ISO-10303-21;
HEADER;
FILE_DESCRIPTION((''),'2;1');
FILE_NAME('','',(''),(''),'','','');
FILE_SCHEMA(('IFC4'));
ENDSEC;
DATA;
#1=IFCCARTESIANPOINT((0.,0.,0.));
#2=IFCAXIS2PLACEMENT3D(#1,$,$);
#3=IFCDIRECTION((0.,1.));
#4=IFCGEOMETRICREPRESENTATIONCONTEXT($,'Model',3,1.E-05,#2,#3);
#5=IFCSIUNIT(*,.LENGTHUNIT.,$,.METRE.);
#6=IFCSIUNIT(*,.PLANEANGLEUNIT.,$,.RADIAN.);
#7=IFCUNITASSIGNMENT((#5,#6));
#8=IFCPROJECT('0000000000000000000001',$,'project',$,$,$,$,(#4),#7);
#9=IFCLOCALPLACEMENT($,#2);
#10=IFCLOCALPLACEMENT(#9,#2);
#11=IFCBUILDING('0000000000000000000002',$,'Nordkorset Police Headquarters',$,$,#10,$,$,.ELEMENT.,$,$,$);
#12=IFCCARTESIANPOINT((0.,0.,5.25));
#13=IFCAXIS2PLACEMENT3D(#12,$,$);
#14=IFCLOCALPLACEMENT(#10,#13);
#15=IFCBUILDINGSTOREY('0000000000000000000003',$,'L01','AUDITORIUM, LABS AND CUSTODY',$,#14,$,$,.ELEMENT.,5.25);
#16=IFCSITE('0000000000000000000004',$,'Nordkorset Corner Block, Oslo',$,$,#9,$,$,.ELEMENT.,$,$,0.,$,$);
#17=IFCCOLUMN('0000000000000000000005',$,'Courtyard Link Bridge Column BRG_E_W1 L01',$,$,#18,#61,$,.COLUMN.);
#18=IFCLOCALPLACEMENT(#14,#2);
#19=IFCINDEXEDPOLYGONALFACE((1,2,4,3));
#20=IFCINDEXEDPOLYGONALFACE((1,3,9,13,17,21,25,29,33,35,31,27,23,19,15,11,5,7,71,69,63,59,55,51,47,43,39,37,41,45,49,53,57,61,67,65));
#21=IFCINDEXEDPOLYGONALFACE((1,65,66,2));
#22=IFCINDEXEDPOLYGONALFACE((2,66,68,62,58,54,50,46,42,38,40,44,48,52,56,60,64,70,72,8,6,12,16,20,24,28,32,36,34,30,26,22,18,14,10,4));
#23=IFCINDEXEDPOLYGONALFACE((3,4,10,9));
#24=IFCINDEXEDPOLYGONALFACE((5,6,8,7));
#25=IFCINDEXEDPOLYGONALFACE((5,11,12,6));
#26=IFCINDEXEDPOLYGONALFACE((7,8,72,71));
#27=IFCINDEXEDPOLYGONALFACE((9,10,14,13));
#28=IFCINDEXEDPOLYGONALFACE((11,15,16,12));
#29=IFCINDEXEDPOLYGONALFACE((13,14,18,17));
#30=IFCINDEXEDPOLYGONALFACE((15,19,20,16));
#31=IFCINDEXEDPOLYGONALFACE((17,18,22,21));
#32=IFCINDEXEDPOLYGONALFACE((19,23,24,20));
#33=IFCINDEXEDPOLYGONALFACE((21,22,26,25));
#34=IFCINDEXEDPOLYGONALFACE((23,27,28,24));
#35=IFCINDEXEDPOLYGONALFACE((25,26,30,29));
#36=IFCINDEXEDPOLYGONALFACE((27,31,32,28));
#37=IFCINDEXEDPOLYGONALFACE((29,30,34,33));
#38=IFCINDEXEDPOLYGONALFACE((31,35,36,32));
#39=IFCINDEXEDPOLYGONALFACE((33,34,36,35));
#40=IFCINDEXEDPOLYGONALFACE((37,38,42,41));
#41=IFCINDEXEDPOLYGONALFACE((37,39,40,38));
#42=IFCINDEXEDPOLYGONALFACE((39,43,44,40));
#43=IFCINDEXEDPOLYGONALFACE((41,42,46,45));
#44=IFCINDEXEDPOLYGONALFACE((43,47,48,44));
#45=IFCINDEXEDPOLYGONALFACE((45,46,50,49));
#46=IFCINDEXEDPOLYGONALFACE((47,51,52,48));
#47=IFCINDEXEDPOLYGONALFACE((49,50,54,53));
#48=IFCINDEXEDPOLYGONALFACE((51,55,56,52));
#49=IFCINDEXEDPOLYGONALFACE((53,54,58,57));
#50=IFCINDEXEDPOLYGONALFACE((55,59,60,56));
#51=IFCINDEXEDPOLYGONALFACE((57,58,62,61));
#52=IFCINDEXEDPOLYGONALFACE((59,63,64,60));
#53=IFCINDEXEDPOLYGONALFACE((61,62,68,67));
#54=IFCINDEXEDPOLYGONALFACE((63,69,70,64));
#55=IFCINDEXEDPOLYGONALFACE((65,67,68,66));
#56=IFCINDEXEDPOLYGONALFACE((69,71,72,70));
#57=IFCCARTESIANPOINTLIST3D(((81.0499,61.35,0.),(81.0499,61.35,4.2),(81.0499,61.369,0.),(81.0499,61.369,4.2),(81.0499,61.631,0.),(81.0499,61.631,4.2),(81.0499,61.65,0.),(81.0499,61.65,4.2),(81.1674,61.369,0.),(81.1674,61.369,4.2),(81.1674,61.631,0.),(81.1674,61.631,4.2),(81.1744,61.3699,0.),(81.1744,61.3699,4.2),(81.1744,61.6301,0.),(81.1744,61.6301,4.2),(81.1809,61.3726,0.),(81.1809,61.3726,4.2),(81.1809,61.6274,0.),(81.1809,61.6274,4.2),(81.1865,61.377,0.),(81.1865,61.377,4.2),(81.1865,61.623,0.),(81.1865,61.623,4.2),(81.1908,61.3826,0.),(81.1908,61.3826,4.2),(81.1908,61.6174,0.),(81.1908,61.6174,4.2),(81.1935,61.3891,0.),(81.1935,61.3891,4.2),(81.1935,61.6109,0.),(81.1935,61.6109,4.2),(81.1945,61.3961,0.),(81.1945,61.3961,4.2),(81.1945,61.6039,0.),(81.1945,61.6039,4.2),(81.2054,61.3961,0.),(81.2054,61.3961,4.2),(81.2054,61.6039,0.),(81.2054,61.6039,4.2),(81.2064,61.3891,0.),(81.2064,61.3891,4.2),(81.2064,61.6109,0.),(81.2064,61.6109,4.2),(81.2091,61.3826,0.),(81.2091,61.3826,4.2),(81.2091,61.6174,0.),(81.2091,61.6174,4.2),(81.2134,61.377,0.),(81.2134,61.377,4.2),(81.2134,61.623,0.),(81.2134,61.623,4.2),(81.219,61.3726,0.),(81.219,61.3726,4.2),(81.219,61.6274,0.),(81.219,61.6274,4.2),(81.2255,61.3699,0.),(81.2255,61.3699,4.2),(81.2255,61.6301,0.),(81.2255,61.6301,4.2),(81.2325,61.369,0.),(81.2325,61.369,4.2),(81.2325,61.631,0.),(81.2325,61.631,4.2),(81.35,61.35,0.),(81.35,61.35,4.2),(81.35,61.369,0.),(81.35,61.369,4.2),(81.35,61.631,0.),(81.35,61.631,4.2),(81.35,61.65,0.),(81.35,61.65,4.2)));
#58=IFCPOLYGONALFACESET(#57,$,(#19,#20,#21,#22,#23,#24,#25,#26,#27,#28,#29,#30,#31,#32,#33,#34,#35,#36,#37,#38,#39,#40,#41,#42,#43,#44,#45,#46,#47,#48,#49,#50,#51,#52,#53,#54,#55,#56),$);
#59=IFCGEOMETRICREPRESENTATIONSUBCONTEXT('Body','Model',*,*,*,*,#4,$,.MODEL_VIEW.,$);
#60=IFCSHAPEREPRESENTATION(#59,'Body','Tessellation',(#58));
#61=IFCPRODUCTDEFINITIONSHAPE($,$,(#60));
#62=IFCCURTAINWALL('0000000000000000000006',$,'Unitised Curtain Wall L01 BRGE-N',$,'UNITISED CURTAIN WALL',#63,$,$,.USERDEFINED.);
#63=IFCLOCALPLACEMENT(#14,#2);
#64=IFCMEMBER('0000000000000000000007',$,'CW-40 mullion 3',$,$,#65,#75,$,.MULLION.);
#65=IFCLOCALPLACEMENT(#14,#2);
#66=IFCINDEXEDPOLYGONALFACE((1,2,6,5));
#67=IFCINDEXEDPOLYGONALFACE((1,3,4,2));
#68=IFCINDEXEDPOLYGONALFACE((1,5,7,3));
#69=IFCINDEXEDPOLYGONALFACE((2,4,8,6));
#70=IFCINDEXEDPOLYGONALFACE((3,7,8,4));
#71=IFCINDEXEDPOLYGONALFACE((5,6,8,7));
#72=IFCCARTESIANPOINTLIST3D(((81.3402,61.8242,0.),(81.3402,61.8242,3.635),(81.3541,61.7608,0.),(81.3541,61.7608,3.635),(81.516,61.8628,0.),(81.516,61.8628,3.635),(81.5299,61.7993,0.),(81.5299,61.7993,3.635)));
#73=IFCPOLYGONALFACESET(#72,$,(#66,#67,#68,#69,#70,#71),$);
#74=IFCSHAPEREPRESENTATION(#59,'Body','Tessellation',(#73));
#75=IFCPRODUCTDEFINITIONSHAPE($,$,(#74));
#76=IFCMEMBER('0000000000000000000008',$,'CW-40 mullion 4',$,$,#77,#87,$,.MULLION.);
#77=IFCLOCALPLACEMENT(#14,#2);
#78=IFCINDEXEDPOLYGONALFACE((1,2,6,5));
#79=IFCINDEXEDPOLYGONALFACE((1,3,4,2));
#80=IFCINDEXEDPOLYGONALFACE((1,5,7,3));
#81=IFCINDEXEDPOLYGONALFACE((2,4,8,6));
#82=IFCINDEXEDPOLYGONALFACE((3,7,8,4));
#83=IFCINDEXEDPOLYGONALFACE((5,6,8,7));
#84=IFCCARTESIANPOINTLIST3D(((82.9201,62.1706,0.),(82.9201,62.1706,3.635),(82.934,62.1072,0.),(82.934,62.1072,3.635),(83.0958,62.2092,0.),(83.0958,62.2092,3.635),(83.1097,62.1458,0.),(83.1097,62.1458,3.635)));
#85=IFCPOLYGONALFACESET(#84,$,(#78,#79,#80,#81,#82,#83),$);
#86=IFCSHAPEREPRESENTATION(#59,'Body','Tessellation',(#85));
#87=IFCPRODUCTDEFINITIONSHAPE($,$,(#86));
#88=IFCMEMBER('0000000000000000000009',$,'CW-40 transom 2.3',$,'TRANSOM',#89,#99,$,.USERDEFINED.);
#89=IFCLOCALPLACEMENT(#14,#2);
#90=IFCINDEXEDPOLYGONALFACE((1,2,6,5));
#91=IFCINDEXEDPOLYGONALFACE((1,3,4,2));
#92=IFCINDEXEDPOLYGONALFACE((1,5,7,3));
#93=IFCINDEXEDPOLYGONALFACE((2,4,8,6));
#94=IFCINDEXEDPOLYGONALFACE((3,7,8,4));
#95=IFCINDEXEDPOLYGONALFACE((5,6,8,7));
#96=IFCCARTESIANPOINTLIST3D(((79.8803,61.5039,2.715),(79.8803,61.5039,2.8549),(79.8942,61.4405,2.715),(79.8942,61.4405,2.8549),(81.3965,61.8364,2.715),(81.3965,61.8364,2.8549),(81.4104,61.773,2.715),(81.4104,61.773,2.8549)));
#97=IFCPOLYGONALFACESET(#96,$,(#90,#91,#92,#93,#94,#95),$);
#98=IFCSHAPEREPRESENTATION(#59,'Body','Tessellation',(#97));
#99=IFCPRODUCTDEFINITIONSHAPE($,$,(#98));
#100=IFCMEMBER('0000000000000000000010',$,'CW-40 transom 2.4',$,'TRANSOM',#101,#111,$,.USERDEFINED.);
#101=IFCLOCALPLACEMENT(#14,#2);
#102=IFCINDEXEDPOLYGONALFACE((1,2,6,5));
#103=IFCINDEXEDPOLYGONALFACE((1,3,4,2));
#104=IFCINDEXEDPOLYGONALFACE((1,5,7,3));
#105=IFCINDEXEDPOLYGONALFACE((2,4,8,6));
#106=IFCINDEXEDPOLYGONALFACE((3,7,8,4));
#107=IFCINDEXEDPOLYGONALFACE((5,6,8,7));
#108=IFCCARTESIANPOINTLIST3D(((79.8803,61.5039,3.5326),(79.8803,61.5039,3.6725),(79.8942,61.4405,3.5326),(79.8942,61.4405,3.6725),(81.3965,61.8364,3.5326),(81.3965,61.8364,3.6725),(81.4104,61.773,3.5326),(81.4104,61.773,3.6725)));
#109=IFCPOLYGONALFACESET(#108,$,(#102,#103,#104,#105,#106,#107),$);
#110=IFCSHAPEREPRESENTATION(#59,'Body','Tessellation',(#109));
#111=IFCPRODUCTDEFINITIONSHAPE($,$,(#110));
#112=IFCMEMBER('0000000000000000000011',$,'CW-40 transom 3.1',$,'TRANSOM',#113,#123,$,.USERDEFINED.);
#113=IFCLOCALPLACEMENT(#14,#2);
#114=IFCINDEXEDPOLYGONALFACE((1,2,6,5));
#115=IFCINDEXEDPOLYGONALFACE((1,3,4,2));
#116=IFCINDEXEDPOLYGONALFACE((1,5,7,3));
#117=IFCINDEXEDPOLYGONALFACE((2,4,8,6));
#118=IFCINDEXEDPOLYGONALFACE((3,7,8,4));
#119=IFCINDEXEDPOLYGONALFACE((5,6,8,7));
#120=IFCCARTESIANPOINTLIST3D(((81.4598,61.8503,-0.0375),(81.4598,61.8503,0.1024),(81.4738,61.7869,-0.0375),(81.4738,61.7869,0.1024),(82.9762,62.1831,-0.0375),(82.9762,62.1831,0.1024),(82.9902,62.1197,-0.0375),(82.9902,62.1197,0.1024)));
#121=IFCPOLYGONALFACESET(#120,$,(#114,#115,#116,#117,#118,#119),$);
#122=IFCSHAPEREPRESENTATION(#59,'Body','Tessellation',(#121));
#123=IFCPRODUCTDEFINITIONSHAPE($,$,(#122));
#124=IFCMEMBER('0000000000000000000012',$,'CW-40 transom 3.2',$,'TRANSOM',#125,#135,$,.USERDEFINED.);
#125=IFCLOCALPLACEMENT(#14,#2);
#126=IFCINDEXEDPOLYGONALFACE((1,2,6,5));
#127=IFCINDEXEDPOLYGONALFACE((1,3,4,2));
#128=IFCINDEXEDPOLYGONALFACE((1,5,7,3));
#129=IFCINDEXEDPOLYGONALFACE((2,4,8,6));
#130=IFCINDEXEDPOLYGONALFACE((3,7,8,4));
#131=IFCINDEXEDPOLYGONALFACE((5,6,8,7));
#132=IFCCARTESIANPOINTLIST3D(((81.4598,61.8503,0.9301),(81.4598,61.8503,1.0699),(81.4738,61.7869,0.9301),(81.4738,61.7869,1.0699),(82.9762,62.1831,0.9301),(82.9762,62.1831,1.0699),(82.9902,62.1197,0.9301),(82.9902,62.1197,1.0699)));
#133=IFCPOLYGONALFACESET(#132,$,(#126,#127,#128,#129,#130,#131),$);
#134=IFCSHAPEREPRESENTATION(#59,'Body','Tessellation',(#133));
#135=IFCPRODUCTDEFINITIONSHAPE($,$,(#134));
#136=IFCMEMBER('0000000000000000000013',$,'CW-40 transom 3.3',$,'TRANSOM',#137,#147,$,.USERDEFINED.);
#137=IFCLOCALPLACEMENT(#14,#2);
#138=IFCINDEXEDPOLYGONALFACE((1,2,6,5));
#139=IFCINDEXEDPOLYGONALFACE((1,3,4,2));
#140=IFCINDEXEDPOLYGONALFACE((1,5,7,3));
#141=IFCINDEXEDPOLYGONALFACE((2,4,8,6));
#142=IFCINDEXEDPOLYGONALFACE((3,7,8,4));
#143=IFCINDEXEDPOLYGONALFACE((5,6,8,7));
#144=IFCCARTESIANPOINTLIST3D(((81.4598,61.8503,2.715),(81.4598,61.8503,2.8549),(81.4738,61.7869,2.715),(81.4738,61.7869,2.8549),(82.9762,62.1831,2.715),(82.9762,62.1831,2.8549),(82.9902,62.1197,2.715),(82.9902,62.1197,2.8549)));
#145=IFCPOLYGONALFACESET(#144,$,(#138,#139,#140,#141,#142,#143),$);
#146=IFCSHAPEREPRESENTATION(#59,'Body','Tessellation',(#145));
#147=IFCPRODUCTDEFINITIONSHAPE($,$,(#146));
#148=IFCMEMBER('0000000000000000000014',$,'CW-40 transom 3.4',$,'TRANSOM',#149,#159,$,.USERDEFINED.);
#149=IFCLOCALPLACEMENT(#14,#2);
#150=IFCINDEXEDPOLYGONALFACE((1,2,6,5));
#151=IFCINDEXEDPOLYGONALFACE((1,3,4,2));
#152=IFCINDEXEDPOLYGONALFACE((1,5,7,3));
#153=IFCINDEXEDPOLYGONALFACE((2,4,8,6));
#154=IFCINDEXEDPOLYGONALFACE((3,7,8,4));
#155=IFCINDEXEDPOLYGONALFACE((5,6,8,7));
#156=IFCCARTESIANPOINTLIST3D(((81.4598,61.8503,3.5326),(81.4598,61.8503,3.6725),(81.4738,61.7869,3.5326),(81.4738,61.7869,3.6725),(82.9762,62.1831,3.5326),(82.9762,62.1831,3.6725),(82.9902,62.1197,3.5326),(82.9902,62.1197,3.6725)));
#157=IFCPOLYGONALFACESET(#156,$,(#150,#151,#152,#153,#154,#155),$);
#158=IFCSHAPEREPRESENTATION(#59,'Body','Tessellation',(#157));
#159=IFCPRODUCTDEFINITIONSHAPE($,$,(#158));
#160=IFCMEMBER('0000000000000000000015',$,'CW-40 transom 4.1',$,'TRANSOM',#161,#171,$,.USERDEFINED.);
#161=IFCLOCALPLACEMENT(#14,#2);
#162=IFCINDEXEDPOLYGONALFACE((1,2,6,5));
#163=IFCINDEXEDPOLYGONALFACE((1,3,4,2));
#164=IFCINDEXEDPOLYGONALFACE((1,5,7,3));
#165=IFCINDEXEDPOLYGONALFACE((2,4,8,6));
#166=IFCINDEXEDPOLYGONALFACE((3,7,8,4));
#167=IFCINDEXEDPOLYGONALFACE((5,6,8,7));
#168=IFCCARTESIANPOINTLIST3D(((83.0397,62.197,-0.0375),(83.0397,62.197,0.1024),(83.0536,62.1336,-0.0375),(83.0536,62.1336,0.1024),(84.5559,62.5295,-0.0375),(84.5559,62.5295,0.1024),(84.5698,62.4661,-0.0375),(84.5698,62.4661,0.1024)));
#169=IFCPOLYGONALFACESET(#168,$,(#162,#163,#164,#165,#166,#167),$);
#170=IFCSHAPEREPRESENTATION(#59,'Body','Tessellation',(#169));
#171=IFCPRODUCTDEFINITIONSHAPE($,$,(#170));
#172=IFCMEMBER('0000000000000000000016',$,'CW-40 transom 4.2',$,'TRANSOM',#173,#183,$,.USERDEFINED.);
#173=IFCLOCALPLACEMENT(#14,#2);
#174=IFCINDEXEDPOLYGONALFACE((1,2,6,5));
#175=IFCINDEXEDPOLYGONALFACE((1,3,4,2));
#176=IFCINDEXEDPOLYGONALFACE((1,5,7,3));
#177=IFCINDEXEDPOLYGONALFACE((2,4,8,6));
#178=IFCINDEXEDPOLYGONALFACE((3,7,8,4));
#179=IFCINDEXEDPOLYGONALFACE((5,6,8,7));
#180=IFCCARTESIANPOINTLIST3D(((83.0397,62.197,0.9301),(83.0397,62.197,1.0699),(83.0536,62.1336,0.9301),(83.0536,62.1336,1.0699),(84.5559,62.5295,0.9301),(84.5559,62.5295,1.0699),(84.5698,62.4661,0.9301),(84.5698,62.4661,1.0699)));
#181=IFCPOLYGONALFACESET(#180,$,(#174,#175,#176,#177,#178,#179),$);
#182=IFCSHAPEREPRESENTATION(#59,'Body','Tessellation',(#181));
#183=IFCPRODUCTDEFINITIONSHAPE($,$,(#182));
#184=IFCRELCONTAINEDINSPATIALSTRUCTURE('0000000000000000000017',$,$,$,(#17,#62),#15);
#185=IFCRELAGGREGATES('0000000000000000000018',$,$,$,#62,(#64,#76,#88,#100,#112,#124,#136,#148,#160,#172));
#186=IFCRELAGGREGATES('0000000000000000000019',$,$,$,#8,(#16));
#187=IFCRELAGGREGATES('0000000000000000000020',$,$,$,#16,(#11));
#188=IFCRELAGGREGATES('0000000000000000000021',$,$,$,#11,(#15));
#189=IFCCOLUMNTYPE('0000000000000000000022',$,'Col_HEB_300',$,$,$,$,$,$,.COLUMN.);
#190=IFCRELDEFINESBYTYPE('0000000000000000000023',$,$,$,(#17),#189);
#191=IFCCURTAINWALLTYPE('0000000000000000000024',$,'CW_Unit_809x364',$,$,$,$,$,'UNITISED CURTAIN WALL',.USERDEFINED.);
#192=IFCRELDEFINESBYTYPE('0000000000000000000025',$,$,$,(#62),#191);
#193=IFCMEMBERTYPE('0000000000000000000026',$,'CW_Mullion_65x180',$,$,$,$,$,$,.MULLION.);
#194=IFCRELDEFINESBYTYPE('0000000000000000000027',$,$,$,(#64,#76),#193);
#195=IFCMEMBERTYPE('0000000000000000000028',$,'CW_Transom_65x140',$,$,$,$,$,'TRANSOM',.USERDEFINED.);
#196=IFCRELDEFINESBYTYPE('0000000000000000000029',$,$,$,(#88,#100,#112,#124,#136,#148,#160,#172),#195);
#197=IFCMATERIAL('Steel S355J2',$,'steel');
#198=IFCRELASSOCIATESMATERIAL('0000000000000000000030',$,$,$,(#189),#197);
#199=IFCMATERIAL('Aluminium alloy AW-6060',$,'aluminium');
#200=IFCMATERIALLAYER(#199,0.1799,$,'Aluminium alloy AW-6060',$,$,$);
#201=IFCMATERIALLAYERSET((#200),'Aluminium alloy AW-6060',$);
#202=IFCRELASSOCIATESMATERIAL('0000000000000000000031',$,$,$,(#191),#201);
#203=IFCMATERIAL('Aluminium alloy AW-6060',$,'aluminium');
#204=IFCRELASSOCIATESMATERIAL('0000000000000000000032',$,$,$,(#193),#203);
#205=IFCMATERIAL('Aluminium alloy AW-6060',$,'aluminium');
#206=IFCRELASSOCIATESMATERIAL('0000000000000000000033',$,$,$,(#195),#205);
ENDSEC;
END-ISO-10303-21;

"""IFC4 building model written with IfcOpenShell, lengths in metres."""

from ifc_helpers import new_model, si_unit, direction, frame, origin, origin_2d, place, context, subcontext, project, spatial, rectangle, i_section, extrude, material, layer, layer_set, material_profile, profile_set, type_object, element, aggregate, save


model = new_model("IFC4")

# Units and contexts
model_context = context("Model", 3, precision=1e-05, world=origin(), true_north=direction((0.0, 1.0)))
body_context = subcontext(model_context, "Body", "Model", "MODEL_VIEW")
ifc_project = project(units=[si_unit("LENGTHUNIT", "METRE"), si_unit("PLANEANGLEUNIT", "RADIAN")], contexts=[model_context])

# Site, building, storey
site_placement = place(None, origin())
site = spatial("IfcSite", under=ifc_project, at=site_placement, Name="Nordkorset Corner Block, Oslo", CompositionType="ELEMENT", RefElevation=0.0)
building_placement = place(site_placement, origin())
building = spatial("IfcBuilding", under=site, at=building_placement, Name="Nordkorset Police Headquarters", CompositionType="ELEMENT")
storey_placement = place(building_placement, frame((0.0, 0.0, 5.25)))
storey = spatial("IfcBuildingStorey", under=building, at=storey_placement, Name="L01", Description="AUDITORIUM, LABS AND CUSTODY", CompositionType="ELEMENT", Elevation=5.25)

# Column
ifc_material_1 = material(Name="Steel S355J2", Category="steel")
ifc_material_profile_1 = material_profile(ifc_material_1, i_section(OverallWidth=0.3, OverallDepth=0.3, WebThickness=0.011, FlangeThickness=0.019, FilletRadius=0.0271, at=origin_2d()), Name="HEB 300")
ifc_profile_set_1 = profile_set([ifc_material_profile_1], Name="Steel S355J2")
column_type = type_object("IfcColumnType", Name="Col_HEB_300", PredefinedType="COLUMN", material=ifc_profile_set_1)
column_placement = place(storey_placement, frame((81.2, 61.5, 0.0), z_axis=(0.0, 0.0, 1.0), x_axis=(1.0, 0.0, 0.0)))
element("IfcColumn", 1, at=column_placement, inside=storey, type_object=column_type, Name="Courtyard Link Bridge Column BRG_E_W1 L01", PredefinedType="COLUMN", context=body_context, shape_type="SweptSolid", body=[
    extrude(i_section(OverallWidth=0.3, OverallDepth=0.3, WebThickness=0.011, FlangeThickness=0.019, FilletRadius=0.0271, at=origin_2d()), origin(), (0.0, 0.0, 1.0), 4.2),
])

# Curtain wall, members
ifc_material_2 = material(Name="Aluminium alloy AW-6060", Category="aluminium")
ifc_layer_1 = layer(ifc_material_2, 0.1799, Name="Aluminium alloy AW-6060")
ifc_layer_set_1 = layer_set([ifc_layer_1], Name="Aluminium alloy AW-6060")
curtain_wall_type_1 = type_object("IfcCurtainWallType", Name="CW_Unit_809x364", ElementType="UNITISED CURTAIN WALL", PredefinedType="USERDEFINED", material=ifc_layer_set_1)
curtain_wall_1_placement = place(storey_placement, origin())
curtain_wall_1 = element("IfcCurtainWall", 2, at=curtain_wall_1_placement, inside=storey, type_object=curtain_wall_type_1, Name="Unitised Curtain Wall L01 BRGE-N", ObjectType="UNITISED CURTAIN WALL", PredefinedType="USERDEFINED")
ifc_material_3 = material(Name="Aluminium alloy AW-6060", Category="aluminium")
ifc_material_profile_2 = material_profile(ifc_material_3, rectangle(XDim=0.0649, YDim=0.1799, at=origin_2d()), Name="ALU MULL 65x180")
ifc_profile_set_2 = profile_set([ifc_material_profile_2], Name="Aluminium alloy AW-6060")
member_type_1 = type_object("IfcMemberType", Name="CW_Mullion_65x180", PredefinedType="MULLION", material=ifc_profile_set_2)
member_1_placement = place(storey_placement, frame((81.4351, 61.8118, 0.0), z_axis=(0.0, 0.0, 1.0), x_axis=(-0.214298, 0.976768, 0.0)))
member_1 = element("IfcMember", 3, at=member_1_placement, type_object=member_type_1, Name="CW-40 mullion 3", PredefinedType="MULLION", context=body_context, shape_type="SweptSolid", body=[
    extrude(rectangle(XDim=0.0649, YDim=0.1799, at=origin_2d()), origin(), (0.0, 0.0, 1.0), 3.635),
])
member_2_placement = place(storey_placement, frame((83.0149, 62.1582, 0.0), z_axis=(0.0, 0.0, 1.0), x_axis=(-0.214298, 0.976768, 0.0)))
member_2 = element("IfcMember", 4, at=member_2_placement, type_object=member_type_1, Name="CW-40 mullion 4", PredefinedType="MULLION", context=body_context, shape_type="SweptSolid", body=[
    extrude(rectangle(XDim=0.0649, YDim=0.1799, at=origin_2d()), origin(), (0.0, 0.0, 1.0), 3.635),
])
ifc_material_4 = material(Name="Aluminium alloy AW-6060", Category="aluminium")
ifc_material_profile_3 = material_profile(ifc_material_4, rectangle(XDim=0.0649, YDim=0.1399, at=origin_2d()), Name="ALU TRAN 65x140")
ifc_profile_set_3 = profile_set([ifc_material_profile_3], Name="Aluminium alloy AW-6060")
member_type_2 = type_object("IfcMemberType", Name="CW_Transom_65x140", ElementType="TRANSOM", PredefinedType="USERDEFINED", material=ifc_profile_set_3)
member_3_placement = place(storey_placement, frame((79.8872, 61.4722, 2.7849), z_axis=(0.976783, 0.214232, 0.0), x_axis=(-0.214232, 0.976783, 0.0)))
member_3 = element("IfcMember", 5, at=member_3_placement, type_object=member_type_2, Name="CW-40 transom 2.3", ObjectType="TRANSOM", PredefinedType="USERDEFINED", context=body_context, shape_type="SweptSolid", body=[
    extrude(rectangle(XDim=0.0649, YDim=0.1399, at=origin_2d()), origin(), (0.0, 0.0, 1.0), 1.5522),
])
member_4_placement = place(storey_placement, frame((79.8872, 61.4722, 3.6025), z_axis=(0.976783, 0.214232, 0.0), x_axis=(-0.214232, 0.976783, 0.0)))
member_4 = element("IfcMember", 6, at=member_4_placement, type_object=member_type_2, Name="CW-40 transom 2.4", ObjectType="TRANSOM", PredefinedType="USERDEFINED", context=body_context, shape_type="SweptSolid", body=[
    extrude(rectangle(XDim=0.0649, YDim=0.1399, at=origin_2d()), origin(), (0.0, 0.0, 1.0), 1.5522),
])
member_5_placement = place(storey_placement, frame((81.4668, 61.8186, 0.0325), z_axis=(0.976757, 0.214349, 0.0), x_axis=(-0.214349, 0.976757, 0.0)))
member_5 = element("IfcMember", 7, at=member_5_placement, type_object=member_type_2, Name="CW-40 transom 3.1", ObjectType="TRANSOM", PredefinedType="USERDEFINED", context=body_context, shape_type="SweptSolid", body=[
    extrude(rectangle(XDim=0.0649, YDim=0.1399, at=origin_2d()), origin(), (0.0, 0.0, 1.0), 1.5525),
])
member_6_placement = place(storey_placement, frame((81.4668, 61.8186, 1.0), z_axis=(0.976757, 0.214349, 0.0), x_axis=(-0.214349, 0.976757, 0.0)))
member_6 = element("IfcMember", 8, at=member_6_placement, type_object=member_type_2, Name="CW-40 transom 3.2", ObjectType="TRANSOM", PredefinedType="USERDEFINED", context=body_context, shape_type="SweptSolid", body=[
    extrude(rectangle(XDim=0.0649, YDim=0.1399, at=origin_2d()), origin(), (0.0, 0.0, 1.0), 1.5525),
])
member_7_placement = place(storey_placement, frame((81.4668, 61.8186, 2.7849), z_axis=(0.976757, 0.214349, 0.0), x_axis=(-0.214349, 0.976757, 0.0)))
member_7 = element("IfcMember", 9, at=member_7_placement, type_object=member_type_2, Name="CW-40 transom 3.3", ObjectType="TRANSOM", PredefinedType="USERDEFINED", context=body_context, shape_type="SweptSolid", body=[
    extrude(rectangle(XDim=0.0649, YDim=0.1399, at=origin_2d()), origin(), (0.0, 0.0, 1.0), 1.5525),
])
member_8_placement = place(storey_placement, frame((81.4668, 61.8186, 3.6025), z_axis=(0.976757, 0.214349, 0.0), x_axis=(-0.214349, 0.976757, 0.0)))
member_8 = element("IfcMember", 10, at=member_8_placement, type_object=member_type_2, Name="CW-40 transom 3.4", ObjectType="TRANSOM", PredefinedType="USERDEFINED", context=body_context, shape_type="SweptSolid", body=[
    extrude(rectangle(XDim=0.0649, YDim=0.1399, at=origin_2d()), origin(), (0.0, 0.0, 1.0), 1.5525),
])
member_9_placement = place(storey_placement, frame((83.0466, 62.1653, 0.0325), z_axis=(0.976783, 0.214232, 0.0), x_axis=(-0.214232, 0.976783, 0.0)))
member_9 = element("IfcMember", 11, at=member_9_placement, type_object=member_type_2, Name="CW-40 transom 4.1", ObjectType="TRANSOM", PredefinedType="USERDEFINED", context=body_context, shape_type="SweptSolid", body=[
    extrude(rectangle(XDim=0.0649, YDim=0.1399, at=origin_2d()), origin(), (0.0, 0.0, 1.0), 1.5522),
])
member_10_placement = place(storey_placement, frame((83.0466, 62.1653, 1.0), z_axis=(0.976783, 0.214232, 0.0), x_axis=(-0.214232, 0.976783, 0.0)))
member_10 = element("IfcMember", 12, at=member_10_placement, type_object=member_type_2, Name="CW-40 transom 4.2", ObjectType="TRANSOM", PredefinedType="USERDEFINED", context=body_context, shape_type="SweptSolid", body=[
    extrude(rectangle(XDim=0.0649, YDim=0.1399, at=origin_2d()), origin(), (0.0, 0.0, 1.0), 1.5522),
])

aggregate(curtain_wall_1, [member_1, member_2, member_3, member_4, member_5, member_6, member_7, member_8, member_9, member_10])

save(model, "model.ifc")
